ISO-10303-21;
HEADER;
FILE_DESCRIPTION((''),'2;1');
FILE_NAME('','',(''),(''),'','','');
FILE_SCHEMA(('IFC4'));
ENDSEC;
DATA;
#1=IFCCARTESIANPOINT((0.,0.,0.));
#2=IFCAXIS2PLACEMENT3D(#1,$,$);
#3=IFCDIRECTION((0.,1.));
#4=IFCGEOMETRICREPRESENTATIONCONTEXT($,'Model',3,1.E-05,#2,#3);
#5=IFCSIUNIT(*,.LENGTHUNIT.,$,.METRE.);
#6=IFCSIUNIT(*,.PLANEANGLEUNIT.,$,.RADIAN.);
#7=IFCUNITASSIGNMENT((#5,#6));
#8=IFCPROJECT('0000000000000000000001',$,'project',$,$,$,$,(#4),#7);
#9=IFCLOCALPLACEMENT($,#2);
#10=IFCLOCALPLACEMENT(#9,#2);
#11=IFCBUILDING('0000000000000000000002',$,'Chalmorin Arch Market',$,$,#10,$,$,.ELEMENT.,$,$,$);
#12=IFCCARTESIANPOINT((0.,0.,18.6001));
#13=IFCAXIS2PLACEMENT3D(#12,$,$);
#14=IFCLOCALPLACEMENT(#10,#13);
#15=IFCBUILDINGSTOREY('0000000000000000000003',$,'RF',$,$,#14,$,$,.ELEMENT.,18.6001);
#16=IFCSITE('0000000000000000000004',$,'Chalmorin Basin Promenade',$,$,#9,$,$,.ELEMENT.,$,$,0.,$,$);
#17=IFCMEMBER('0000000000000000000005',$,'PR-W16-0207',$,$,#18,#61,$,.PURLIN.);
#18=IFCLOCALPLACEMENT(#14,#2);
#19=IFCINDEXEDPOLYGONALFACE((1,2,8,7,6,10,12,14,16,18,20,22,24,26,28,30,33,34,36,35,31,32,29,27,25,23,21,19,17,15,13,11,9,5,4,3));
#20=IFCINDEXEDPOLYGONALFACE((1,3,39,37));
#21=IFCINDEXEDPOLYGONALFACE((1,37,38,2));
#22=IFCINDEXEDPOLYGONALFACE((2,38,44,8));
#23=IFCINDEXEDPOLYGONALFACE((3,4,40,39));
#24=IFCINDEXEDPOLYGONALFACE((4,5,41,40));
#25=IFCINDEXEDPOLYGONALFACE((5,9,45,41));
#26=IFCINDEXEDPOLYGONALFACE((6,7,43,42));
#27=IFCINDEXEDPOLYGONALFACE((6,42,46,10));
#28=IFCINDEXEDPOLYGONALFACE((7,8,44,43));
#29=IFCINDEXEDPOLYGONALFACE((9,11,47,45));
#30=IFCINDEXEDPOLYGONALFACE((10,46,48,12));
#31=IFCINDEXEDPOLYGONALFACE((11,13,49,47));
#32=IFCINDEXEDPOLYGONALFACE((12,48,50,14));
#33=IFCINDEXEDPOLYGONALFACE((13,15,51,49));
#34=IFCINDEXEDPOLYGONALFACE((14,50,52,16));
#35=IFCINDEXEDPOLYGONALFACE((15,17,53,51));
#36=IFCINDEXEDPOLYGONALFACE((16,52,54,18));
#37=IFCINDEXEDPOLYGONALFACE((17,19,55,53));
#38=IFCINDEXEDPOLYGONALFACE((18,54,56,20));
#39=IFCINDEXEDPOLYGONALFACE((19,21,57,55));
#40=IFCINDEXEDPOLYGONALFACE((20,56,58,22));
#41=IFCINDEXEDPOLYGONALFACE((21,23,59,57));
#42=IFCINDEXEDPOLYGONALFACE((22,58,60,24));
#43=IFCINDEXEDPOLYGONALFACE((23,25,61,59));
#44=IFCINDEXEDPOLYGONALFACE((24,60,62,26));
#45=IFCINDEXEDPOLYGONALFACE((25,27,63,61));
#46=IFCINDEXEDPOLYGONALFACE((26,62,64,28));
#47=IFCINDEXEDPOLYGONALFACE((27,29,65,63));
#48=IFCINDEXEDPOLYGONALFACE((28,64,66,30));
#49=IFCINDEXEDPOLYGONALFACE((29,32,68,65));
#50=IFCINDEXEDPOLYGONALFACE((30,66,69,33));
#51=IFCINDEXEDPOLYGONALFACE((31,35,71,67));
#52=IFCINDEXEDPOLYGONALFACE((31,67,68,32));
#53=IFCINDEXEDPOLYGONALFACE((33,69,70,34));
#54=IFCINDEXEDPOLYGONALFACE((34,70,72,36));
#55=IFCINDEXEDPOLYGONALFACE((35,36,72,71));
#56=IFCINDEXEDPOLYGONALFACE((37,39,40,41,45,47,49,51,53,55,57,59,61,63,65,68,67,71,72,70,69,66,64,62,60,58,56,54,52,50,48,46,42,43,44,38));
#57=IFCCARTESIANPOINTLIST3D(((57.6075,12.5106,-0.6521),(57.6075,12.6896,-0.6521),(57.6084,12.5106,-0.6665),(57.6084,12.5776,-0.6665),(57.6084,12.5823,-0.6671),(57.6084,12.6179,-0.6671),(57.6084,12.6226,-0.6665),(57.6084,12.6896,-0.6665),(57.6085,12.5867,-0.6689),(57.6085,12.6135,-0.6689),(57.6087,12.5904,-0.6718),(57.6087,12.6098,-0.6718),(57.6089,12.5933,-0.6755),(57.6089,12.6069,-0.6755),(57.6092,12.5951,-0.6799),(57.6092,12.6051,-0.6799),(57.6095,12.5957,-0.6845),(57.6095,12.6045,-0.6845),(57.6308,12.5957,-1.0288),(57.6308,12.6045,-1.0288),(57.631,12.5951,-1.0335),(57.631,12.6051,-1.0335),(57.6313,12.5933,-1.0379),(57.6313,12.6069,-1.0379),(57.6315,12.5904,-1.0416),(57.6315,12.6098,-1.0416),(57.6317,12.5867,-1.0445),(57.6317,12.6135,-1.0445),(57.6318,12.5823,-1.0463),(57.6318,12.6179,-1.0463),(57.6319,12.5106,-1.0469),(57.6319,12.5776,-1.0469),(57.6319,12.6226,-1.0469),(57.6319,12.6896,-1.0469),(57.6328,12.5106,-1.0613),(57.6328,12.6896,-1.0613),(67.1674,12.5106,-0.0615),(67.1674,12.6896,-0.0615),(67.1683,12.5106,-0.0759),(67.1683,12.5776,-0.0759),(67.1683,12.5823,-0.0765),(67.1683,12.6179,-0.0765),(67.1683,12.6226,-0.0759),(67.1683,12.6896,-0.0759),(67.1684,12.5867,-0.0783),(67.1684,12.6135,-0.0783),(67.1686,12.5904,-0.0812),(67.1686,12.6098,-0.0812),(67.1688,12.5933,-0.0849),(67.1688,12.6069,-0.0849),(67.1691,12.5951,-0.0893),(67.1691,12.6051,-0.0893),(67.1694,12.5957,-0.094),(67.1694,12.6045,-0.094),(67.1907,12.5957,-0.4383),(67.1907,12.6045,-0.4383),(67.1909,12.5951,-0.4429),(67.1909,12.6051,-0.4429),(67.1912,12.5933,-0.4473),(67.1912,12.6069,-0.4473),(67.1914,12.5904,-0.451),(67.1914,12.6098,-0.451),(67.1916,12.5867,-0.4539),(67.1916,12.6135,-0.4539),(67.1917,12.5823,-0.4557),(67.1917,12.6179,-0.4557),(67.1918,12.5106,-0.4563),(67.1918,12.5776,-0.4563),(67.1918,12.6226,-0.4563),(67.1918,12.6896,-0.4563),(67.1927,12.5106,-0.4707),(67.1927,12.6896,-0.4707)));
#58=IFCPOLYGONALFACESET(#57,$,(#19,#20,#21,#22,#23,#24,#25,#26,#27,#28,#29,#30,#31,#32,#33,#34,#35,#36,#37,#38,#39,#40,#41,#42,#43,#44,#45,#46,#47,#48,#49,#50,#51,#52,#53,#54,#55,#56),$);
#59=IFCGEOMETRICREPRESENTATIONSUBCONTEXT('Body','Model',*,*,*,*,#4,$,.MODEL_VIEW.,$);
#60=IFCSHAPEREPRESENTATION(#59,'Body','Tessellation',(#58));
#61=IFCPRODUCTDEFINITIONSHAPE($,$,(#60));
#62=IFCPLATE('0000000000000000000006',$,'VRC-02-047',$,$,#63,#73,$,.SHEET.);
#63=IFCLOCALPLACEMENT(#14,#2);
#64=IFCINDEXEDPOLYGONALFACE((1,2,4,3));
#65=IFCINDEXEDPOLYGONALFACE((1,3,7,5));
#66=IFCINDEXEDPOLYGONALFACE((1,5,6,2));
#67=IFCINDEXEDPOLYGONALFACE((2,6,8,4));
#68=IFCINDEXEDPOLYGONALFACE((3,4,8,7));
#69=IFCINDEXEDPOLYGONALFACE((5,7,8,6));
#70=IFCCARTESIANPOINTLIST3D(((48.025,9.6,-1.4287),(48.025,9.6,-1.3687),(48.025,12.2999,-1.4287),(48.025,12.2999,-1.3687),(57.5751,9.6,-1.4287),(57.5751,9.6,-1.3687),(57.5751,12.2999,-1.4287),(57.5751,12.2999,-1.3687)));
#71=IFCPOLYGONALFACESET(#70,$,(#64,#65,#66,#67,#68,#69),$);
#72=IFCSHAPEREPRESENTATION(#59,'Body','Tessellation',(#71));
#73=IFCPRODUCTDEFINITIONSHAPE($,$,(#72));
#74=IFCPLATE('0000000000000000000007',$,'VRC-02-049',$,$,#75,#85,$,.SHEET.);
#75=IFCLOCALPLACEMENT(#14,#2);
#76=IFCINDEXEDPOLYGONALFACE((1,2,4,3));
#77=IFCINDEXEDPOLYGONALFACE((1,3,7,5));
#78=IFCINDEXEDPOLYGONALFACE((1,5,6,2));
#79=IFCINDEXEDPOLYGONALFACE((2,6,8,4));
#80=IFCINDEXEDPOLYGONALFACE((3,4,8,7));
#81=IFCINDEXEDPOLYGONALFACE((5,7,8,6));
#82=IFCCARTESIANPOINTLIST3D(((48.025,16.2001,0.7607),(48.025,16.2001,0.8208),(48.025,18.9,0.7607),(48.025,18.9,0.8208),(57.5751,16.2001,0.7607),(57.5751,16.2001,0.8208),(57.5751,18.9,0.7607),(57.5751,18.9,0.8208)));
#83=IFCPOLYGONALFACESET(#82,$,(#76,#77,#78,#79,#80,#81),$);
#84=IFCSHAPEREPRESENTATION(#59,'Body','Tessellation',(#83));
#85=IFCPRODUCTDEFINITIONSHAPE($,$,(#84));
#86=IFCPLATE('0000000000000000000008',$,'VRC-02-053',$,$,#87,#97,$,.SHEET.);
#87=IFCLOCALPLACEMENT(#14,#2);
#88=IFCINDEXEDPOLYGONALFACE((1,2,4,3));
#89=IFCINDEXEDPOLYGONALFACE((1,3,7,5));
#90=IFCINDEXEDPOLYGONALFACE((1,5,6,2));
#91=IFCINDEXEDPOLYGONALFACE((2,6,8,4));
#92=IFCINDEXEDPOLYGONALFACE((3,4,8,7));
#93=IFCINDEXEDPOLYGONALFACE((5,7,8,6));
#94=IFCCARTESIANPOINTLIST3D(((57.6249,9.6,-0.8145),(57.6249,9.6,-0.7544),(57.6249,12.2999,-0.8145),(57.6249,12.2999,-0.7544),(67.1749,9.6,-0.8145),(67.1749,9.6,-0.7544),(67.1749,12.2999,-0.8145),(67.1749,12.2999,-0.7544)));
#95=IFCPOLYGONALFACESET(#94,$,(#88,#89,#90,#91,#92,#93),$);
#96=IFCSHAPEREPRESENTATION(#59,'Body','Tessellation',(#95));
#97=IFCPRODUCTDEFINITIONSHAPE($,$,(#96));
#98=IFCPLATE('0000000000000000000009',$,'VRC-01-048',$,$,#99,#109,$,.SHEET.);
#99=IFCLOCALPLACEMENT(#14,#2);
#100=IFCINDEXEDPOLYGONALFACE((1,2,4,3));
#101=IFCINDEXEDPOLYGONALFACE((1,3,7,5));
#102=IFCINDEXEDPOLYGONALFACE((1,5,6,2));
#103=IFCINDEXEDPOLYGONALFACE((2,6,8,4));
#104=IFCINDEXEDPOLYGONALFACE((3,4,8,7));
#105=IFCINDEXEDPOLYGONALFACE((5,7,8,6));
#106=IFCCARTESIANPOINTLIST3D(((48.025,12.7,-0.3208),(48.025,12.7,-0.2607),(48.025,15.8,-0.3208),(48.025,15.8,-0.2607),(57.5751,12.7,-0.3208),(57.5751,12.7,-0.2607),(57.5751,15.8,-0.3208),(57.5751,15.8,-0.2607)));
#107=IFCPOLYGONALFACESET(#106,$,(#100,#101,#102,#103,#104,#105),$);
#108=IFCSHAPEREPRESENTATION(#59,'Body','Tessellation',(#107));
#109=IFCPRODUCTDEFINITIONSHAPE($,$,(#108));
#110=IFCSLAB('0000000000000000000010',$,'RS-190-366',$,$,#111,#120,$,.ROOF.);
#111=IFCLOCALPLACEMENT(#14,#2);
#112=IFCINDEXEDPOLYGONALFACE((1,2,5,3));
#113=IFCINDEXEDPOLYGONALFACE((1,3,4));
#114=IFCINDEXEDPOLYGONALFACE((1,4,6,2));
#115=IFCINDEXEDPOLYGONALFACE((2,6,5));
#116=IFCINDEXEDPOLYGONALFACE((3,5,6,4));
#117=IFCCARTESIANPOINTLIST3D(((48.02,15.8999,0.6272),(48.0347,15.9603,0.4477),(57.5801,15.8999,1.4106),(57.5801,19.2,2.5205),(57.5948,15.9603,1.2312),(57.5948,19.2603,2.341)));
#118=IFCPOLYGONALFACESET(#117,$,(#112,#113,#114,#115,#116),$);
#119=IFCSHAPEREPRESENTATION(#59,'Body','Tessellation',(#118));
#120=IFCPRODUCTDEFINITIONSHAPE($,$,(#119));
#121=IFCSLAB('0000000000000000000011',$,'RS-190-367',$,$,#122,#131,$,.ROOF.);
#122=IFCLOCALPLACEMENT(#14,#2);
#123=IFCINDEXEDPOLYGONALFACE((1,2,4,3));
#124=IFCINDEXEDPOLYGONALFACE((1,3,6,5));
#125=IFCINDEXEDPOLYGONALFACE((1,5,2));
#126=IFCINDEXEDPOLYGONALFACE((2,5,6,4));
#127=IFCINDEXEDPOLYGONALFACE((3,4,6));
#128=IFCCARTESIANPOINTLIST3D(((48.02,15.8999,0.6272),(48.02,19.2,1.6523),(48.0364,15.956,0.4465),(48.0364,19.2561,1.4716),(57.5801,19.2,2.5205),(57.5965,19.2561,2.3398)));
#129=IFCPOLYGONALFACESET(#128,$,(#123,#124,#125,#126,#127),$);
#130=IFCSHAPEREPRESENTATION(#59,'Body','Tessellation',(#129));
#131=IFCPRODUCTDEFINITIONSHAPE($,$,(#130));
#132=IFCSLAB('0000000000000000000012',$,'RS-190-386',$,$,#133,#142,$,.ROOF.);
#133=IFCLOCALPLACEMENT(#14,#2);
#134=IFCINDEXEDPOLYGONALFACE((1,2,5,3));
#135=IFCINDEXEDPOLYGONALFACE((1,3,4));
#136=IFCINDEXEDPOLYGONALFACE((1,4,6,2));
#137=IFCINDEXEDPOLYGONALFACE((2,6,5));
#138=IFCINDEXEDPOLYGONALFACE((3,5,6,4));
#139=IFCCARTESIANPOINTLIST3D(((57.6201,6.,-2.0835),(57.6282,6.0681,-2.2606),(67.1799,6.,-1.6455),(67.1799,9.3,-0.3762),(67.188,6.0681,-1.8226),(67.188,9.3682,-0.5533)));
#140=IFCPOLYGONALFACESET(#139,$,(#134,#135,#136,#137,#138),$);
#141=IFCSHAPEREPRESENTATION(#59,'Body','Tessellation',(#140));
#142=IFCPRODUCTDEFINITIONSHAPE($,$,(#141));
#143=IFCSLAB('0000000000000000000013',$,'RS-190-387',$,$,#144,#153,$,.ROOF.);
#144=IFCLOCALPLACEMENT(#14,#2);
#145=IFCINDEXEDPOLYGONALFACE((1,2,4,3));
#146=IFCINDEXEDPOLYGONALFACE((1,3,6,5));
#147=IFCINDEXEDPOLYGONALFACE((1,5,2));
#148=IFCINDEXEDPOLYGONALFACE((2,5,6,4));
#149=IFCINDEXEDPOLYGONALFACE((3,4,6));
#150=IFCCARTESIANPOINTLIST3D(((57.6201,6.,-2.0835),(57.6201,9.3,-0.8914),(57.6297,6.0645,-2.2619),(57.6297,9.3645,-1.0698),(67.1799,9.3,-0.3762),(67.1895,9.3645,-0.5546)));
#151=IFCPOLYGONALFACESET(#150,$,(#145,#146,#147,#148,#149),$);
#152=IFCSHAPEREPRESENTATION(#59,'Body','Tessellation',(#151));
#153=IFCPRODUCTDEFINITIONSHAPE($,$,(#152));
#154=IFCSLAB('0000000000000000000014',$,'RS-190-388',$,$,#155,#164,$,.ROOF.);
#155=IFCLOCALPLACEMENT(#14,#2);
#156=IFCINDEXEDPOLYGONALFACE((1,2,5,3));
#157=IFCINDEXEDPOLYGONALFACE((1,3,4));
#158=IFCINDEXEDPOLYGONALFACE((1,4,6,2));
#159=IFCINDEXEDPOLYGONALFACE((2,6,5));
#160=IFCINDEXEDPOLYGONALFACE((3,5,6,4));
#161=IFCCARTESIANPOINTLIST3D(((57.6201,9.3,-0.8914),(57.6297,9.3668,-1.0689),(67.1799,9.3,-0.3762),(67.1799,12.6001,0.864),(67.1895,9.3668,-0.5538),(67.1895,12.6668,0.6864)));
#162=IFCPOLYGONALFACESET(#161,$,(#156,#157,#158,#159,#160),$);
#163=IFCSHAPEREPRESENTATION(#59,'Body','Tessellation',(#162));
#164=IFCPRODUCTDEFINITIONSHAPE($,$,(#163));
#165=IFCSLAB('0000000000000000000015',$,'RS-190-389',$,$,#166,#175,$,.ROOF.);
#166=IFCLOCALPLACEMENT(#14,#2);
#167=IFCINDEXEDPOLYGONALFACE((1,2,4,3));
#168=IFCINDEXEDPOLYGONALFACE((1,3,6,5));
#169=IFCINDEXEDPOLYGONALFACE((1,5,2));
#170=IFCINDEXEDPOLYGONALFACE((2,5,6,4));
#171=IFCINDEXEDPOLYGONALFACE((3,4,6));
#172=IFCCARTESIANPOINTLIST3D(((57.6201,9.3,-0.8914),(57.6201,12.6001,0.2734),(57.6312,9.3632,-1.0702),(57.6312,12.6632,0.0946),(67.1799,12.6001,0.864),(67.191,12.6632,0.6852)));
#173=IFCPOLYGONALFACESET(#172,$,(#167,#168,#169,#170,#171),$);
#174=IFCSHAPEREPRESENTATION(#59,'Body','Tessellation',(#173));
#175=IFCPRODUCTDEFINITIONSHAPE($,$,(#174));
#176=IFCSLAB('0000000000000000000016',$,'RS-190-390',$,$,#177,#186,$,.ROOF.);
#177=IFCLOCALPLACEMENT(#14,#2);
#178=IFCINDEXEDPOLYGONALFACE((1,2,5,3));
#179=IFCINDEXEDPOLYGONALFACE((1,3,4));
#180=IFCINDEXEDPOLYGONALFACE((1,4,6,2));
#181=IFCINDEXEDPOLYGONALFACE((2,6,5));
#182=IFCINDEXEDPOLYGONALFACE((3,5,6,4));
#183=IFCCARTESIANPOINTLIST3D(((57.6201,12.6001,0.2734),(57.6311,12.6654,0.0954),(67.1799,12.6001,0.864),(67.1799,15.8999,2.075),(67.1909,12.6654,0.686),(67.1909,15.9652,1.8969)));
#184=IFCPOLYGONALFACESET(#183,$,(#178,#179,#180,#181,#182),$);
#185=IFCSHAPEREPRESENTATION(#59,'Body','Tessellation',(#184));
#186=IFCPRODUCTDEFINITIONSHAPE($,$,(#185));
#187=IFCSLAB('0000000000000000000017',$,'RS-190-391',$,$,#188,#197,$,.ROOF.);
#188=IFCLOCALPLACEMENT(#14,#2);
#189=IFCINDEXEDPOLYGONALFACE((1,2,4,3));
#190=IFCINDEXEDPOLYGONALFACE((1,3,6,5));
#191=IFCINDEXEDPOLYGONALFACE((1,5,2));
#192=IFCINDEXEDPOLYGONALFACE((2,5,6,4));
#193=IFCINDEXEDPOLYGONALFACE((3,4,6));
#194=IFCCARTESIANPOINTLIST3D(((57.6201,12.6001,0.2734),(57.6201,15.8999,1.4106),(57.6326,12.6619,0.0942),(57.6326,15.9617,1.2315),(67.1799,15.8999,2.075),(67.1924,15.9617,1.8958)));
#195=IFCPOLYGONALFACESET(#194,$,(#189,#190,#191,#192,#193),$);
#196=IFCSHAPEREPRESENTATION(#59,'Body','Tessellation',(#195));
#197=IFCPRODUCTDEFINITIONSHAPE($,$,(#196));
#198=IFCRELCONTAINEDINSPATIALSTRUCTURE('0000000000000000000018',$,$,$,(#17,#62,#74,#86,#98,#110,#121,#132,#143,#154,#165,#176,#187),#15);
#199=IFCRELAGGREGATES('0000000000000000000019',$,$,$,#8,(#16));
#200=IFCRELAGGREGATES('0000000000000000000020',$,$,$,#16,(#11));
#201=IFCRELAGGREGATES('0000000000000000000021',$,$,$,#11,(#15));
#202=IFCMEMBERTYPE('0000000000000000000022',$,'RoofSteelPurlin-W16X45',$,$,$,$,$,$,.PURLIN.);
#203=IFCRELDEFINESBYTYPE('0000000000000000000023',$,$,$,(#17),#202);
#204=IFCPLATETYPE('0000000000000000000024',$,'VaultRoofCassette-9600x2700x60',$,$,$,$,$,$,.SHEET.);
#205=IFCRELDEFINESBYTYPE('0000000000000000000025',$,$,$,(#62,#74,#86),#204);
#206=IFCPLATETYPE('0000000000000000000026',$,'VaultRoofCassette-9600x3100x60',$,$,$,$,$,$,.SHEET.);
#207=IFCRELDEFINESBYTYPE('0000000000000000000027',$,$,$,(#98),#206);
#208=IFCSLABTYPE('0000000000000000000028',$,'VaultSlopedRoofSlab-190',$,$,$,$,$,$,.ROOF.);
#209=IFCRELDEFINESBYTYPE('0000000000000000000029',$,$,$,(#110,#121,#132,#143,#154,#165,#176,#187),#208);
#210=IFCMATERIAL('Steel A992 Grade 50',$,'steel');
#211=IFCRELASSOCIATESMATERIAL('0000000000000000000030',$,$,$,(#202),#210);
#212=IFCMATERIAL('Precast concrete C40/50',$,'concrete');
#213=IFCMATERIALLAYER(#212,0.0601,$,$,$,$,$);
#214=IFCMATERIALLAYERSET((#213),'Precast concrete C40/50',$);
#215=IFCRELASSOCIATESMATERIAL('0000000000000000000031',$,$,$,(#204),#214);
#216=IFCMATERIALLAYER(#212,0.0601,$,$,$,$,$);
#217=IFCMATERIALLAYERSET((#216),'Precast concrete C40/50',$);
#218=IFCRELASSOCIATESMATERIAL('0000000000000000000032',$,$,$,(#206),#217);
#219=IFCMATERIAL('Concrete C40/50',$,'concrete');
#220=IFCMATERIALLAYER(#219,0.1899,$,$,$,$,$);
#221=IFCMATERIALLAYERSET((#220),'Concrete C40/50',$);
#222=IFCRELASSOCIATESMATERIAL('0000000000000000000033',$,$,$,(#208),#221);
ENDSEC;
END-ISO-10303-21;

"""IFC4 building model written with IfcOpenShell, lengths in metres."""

from ifc_helpers import new_model, si_unit, direction, frame, origin, origin_2d, place, context, subcontext, project, spatial, polyline, rectangle, i_section, outline, extrude, material, layer, layer_set, material_profile, profile_set, type_object, element, save


model = new_model("IFC4")

# Units and contexts
model_context = context("Model", 3, precision=1e-05, world=origin(), true_north=direction((0.0, 1.0)))
body_context = subcontext(model_context, "Body", "Model", "MODEL_VIEW")
ifc_project = project(units=[si_unit("LENGTHUNIT", "METRE"), si_unit("PLANEANGLEUNIT", "RADIAN")], contexts=[model_context])

# Site, building, storey
site_placement = place(None, origin())
site = spatial("IfcSite", under=ifc_project, at=site_placement, Name="Chalmorin Basin Promenade", CompositionType="ELEMENT", RefElevation=0.0)
building_placement = place(site_placement, origin())
building = spatial("IfcBuilding", under=site, at=building_placement, Name="Chalmorin Arch Market", CompositionType="ELEMENT")
storey_placement = place(building_placement, frame((0.0, 0.0, 18.6001)))
storey = spatial("IfcBuildingStorey", under=building, at=storey_placement, Name="RF", CompositionType="ELEMENT", Elevation=18.6001)

# Member
ifc_material_1 = material(Name="Steel A992 Grade 50", Category="steel")
ifc_material_profile_1 = material_profile(ifc_material_1, i_section(OverallWidth=0.179, OverallDepth=0.4099, WebThickness=0.0088, FlangeThickness=0.0144, FilletRadius=0.0181, at=origin_2d()), Name="W16X45")
ifc_profile_set_1 = profile_set([ifc_material_profile_1], Name="Steel A992 Grade 50")
member_type_1 = type_object("IfcMemberType", Name="RoofSteelPurlin-W16X45", PredefinedType="PURLIN", material=ifc_profile_set_1)
member_1_placement = place(storey_placement, frame((57.6201, 12.6001, -0.8567), z_axis=(0.998097, 0.0, 0.061659), x_axis=(0.0, 1.0, 0.0)))
element("IfcMember", 1, at=member_1_placement, inside=storey, type_object=member_type_1, Name="PR-W16-0207", PredefinedType="PURLIN", context=body_context, shape_type="SweptSolid", body=[
    extrude(i_section(OverallWidth=0.179, OverallDepth=0.4099, WebThickness=0.0088, FlangeThickness=0.0144, FilletRadius=0.0181, at=origin_2d()), origin(), (0.0, 0.0, 1.0), 9.5781),
])

# Plates
ifc_material_2 = material(Name="Precast concrete C40/50", Category="concrete")
ifc_layer_1 = layer(ifc_material_2, 0.0601)
ifc_layer_set_1 = layer_set([ifc_layer_1], Name="Precast concrete C40/50")
plate_type_1 = type_object("IfcPlateType", Name="VaultRoofCassette-9600x2700x60", PredefinedType="SHEET", material=ifc_layer_set_1)
for number, where, z_axis, x_axis, name in (
    (2, (52.8, 10.95, -1.4287), (0.0, 0.0, 1.0), (1.0, 0.0, 0.0), "VRC-02-047"),
    (3, (52.8, 17.55, 0.7607), (0.0, 0.0, 1.0), (1.0, 0.0, 0.0), "VRC-02-049"),
    (4, (62.3999, 10.95, -0.8145), (0.0, 0.0, 1.0), (1.0, 0.0, 0.0), "VRC-02-053"),
):
    element("IfcPlate", number, at=place(storey_placement, frame(where, z_axis=z_axis, x_axis=x_axis)), inside=storey, type_object=plate_type_1, Name=name, PredefinedType="SHEET", context=body_context, shape_type="SweptSolid", body=[
        extrude(rectangle(XDim=9.55, YDim=2.7, at=origin_2d()), origin(), (0.0, 0.0, 1.0), 0.0601),
    ])
ifc_layer_2 = layer(ifc_material_2, 0.0601)
ifc_layer_set_2 = layer_set([ifc_layer_2], Name="Precast concrete C40/50")
plate_type_2 = type_object("IfcPlateType", Name="VaultRoofCassette-9600x3100x60", PredefinedType="SHEET", material=ifc_layer_set_2)
plate_placement = place(storey_placement, frame((52.8, 14.25, -0.3208), z_axis=(0.0, 0.0, 1.0), x_axis=(1.0, 0.0, 0.0)))
element("IfcPlate", 5, at=plate_placement, inside=storey, type_object=plate_type_2, Name="VRC-01-048", PredefinedType="SHEET", context=body_context, shape_type="SweptSolid", body=[
    extrude(rectangle(XDim=9.55, YDim=3.1001, at=origin_2d()), origin(), (0.0, 0.0, 1.0), 0.0601),
])

# Slabs
ifc_material_3 = material(Name="Concrete C40/50", Category="concrete")
ifc_layer_3 = layer(ifc_material_3, 0.1899)
ifc_layer_set_3 = layer_set([ifc_layer_3], Name="Concrete C40/50")
slab_type = type_object("IfcSlabType", Name="VaultSlopedRoofSlab-190", PredefinedType="ROOF", material=ifc_layer_set_3)
slab_1_placement = place(storey_placement, frame((48.02, 15.8999, 0.6272), z_axis=(-0.077442, -0.317815, 0.944985), x_axis=(0.996659, 0.0, 0.081676)))
element("IfcSlab", 6, at=slab_1_placement, inside=storey, type_object=slab_type, Name="RS-190-366", PredefinedType="ROOF", context=body_context, shape_type="SweptSolid", body=[
    extrude(outline(polyline([(0.0, 0.0), (9.5921, 0.0), (9.6828, 3.4805), (0.0, 0.0)])), origin(), (0.0, 0.0, -1.0), 0.1899),
])
slab_2_placement = place(storey_placement, frame((48.02, 15.8999, 0.6272), z_axis=(-0.086399, -0.295552, 0.951412), x_axis=(0.929126, 0.320726, 0.184008)))
element("IfcSlab", 7, at=slab_2_placement, inside=storey, type_object=slab_type, Name="RS-190-367", PredefinedType="ROOF", context=body_context, shape_type="SweptSolid", body=[
    extrude(outline(polyline([(0.0, 0.0), (10.2893, 0.0), (1.247, 3.2228), (0.0, 0.0)])), origin(), (0.0, 0.0, -1.0), 0.1899),
])
slab_3_placement = place(storey_placement, frame((57.6201, 6.0, -2.0835), z_axis=(-0.042723, -0.358661, 0.93249), x_axis=(0.998952, 0.0, 0.045768)))
element("IfcSlab", 8, at=slab_3_placement, inside=storey, type_object=slab_type, Name="RS-190-386", PredefinedType="ROOF", context=body_context, shape_type="SweptSolid", body=[
    extrude(outline(polyline([(0.0, 0.0), (9.5698, 0.0), (9.6279, 3.5353), (0.0, 0.0)])), origin(), (0.0, 0.0, -1.0), 0.1899),
])
slab_4_placement = place(storey_placement, frame((57.6201, 6.0, -2.0835), z_axis=(-0.050615, -0.339324, 0.939307), x_axis=(0.932077, 0.321753, 0.166458)))
element("IfcSlab", 9, at=slab_4_placement, inside=storey, type_object=slab_type, Name="RS-190-387", PredefinedType="ROOF", context=body_context, shape_type="SweptSolid", body=[
    extrude(outline(polyline([(0.0, 0.0), (10.2565, 0.0), (1.2602, 3.2746), (0.0, 0.0)])), origin(), (0.0, 0.0, -1.0), 0.1899),
])
slab_5_placement = place(storey_placement, frame((57.6201, 9.3, -0.8914), z_axis=(-0.050377, -0.351352, 0.934887), x_axis=(0.998551, 0.0, 0.053808)))
element("IfcSlab", 10, at=slab_5_placement, inside=storey, type_object=slab_type, Name="RS-190-388", PredefinedType="ROOF", context=body_context, shape_type="SweptSolid", body=[
    extrude(outline(polyline([(0.0, 0.0), (9.5737, 0.0), (9.6404, 3.5248), (0.0, 0.0)])), origin(), (0.0, 0.0, -1.0), 0.1899),
])
slab_6_placement = place(storey_placement, frame((57.6201, 9.3, -0.8914), z_axis=(-0.058156, -0.332275, 0.941388), x_axis=(0.93134, 0.321499, 0.171012)))
element("IfcSlab", 11, at=slab_6_placement, inside=storey, type_object=slab_type, Name="RS-190-389", PredefinedType="ROOF", context=body_context, shape_type="SweptSolid", body=[
    extrude(outline(polyline([(0.0, 0.0), (10.2646, 0.0), (1.2602, 3.2648), (0.0, 0.0)])), origin(), (0.0, 0.0, -1.0), 0.1899),
])
slab_7_placement = place(storey_placement, frame((57.6201, 12.6001, 0.2734), z_axis=(-0.057898, -0.34393, 0.937209), x_axis=(0.998097, 0.0, 0.061659)))
element("IfcSlab", 12, at=slab_7_placement, inside=storey, type_object=slab_type, Name="RS-190-390", PredefinedType="ROOF", context=body_context, shape_type="SweptSolid", body=[
    extrude(outline(polyline([(0.0, 0.0), (9.578, 0.0), (9.6527, 3.5142), (0.0, 0.0)])), origin(), (0.0, 0.0, -1.0), 0.1899),
])
slab_8_placement = place(storey_placement, frame((57.6201, 12.6001, 0.2734), z_axis=(-0.065556, -0.325122, 0.943397), x_axis=(0.930622, 0.321227, 0.175373)))
element("IfcSlab", 13, at=slab_8_placement, inside=storey, type_object=slab_type, Name="RS-190-391", PredefinedType="ROOF", context=body_context, shape_type="SweptSolid", body=[
    extrude(outline(polyline([(0.0, 0.0), (10.2725, 0.0), (1.2594, 3.2551), (0.0, 0.0)])), origin(), (0.0, 0.0, -1.0), 0.1899),
])

save(model, "model.ifc")
